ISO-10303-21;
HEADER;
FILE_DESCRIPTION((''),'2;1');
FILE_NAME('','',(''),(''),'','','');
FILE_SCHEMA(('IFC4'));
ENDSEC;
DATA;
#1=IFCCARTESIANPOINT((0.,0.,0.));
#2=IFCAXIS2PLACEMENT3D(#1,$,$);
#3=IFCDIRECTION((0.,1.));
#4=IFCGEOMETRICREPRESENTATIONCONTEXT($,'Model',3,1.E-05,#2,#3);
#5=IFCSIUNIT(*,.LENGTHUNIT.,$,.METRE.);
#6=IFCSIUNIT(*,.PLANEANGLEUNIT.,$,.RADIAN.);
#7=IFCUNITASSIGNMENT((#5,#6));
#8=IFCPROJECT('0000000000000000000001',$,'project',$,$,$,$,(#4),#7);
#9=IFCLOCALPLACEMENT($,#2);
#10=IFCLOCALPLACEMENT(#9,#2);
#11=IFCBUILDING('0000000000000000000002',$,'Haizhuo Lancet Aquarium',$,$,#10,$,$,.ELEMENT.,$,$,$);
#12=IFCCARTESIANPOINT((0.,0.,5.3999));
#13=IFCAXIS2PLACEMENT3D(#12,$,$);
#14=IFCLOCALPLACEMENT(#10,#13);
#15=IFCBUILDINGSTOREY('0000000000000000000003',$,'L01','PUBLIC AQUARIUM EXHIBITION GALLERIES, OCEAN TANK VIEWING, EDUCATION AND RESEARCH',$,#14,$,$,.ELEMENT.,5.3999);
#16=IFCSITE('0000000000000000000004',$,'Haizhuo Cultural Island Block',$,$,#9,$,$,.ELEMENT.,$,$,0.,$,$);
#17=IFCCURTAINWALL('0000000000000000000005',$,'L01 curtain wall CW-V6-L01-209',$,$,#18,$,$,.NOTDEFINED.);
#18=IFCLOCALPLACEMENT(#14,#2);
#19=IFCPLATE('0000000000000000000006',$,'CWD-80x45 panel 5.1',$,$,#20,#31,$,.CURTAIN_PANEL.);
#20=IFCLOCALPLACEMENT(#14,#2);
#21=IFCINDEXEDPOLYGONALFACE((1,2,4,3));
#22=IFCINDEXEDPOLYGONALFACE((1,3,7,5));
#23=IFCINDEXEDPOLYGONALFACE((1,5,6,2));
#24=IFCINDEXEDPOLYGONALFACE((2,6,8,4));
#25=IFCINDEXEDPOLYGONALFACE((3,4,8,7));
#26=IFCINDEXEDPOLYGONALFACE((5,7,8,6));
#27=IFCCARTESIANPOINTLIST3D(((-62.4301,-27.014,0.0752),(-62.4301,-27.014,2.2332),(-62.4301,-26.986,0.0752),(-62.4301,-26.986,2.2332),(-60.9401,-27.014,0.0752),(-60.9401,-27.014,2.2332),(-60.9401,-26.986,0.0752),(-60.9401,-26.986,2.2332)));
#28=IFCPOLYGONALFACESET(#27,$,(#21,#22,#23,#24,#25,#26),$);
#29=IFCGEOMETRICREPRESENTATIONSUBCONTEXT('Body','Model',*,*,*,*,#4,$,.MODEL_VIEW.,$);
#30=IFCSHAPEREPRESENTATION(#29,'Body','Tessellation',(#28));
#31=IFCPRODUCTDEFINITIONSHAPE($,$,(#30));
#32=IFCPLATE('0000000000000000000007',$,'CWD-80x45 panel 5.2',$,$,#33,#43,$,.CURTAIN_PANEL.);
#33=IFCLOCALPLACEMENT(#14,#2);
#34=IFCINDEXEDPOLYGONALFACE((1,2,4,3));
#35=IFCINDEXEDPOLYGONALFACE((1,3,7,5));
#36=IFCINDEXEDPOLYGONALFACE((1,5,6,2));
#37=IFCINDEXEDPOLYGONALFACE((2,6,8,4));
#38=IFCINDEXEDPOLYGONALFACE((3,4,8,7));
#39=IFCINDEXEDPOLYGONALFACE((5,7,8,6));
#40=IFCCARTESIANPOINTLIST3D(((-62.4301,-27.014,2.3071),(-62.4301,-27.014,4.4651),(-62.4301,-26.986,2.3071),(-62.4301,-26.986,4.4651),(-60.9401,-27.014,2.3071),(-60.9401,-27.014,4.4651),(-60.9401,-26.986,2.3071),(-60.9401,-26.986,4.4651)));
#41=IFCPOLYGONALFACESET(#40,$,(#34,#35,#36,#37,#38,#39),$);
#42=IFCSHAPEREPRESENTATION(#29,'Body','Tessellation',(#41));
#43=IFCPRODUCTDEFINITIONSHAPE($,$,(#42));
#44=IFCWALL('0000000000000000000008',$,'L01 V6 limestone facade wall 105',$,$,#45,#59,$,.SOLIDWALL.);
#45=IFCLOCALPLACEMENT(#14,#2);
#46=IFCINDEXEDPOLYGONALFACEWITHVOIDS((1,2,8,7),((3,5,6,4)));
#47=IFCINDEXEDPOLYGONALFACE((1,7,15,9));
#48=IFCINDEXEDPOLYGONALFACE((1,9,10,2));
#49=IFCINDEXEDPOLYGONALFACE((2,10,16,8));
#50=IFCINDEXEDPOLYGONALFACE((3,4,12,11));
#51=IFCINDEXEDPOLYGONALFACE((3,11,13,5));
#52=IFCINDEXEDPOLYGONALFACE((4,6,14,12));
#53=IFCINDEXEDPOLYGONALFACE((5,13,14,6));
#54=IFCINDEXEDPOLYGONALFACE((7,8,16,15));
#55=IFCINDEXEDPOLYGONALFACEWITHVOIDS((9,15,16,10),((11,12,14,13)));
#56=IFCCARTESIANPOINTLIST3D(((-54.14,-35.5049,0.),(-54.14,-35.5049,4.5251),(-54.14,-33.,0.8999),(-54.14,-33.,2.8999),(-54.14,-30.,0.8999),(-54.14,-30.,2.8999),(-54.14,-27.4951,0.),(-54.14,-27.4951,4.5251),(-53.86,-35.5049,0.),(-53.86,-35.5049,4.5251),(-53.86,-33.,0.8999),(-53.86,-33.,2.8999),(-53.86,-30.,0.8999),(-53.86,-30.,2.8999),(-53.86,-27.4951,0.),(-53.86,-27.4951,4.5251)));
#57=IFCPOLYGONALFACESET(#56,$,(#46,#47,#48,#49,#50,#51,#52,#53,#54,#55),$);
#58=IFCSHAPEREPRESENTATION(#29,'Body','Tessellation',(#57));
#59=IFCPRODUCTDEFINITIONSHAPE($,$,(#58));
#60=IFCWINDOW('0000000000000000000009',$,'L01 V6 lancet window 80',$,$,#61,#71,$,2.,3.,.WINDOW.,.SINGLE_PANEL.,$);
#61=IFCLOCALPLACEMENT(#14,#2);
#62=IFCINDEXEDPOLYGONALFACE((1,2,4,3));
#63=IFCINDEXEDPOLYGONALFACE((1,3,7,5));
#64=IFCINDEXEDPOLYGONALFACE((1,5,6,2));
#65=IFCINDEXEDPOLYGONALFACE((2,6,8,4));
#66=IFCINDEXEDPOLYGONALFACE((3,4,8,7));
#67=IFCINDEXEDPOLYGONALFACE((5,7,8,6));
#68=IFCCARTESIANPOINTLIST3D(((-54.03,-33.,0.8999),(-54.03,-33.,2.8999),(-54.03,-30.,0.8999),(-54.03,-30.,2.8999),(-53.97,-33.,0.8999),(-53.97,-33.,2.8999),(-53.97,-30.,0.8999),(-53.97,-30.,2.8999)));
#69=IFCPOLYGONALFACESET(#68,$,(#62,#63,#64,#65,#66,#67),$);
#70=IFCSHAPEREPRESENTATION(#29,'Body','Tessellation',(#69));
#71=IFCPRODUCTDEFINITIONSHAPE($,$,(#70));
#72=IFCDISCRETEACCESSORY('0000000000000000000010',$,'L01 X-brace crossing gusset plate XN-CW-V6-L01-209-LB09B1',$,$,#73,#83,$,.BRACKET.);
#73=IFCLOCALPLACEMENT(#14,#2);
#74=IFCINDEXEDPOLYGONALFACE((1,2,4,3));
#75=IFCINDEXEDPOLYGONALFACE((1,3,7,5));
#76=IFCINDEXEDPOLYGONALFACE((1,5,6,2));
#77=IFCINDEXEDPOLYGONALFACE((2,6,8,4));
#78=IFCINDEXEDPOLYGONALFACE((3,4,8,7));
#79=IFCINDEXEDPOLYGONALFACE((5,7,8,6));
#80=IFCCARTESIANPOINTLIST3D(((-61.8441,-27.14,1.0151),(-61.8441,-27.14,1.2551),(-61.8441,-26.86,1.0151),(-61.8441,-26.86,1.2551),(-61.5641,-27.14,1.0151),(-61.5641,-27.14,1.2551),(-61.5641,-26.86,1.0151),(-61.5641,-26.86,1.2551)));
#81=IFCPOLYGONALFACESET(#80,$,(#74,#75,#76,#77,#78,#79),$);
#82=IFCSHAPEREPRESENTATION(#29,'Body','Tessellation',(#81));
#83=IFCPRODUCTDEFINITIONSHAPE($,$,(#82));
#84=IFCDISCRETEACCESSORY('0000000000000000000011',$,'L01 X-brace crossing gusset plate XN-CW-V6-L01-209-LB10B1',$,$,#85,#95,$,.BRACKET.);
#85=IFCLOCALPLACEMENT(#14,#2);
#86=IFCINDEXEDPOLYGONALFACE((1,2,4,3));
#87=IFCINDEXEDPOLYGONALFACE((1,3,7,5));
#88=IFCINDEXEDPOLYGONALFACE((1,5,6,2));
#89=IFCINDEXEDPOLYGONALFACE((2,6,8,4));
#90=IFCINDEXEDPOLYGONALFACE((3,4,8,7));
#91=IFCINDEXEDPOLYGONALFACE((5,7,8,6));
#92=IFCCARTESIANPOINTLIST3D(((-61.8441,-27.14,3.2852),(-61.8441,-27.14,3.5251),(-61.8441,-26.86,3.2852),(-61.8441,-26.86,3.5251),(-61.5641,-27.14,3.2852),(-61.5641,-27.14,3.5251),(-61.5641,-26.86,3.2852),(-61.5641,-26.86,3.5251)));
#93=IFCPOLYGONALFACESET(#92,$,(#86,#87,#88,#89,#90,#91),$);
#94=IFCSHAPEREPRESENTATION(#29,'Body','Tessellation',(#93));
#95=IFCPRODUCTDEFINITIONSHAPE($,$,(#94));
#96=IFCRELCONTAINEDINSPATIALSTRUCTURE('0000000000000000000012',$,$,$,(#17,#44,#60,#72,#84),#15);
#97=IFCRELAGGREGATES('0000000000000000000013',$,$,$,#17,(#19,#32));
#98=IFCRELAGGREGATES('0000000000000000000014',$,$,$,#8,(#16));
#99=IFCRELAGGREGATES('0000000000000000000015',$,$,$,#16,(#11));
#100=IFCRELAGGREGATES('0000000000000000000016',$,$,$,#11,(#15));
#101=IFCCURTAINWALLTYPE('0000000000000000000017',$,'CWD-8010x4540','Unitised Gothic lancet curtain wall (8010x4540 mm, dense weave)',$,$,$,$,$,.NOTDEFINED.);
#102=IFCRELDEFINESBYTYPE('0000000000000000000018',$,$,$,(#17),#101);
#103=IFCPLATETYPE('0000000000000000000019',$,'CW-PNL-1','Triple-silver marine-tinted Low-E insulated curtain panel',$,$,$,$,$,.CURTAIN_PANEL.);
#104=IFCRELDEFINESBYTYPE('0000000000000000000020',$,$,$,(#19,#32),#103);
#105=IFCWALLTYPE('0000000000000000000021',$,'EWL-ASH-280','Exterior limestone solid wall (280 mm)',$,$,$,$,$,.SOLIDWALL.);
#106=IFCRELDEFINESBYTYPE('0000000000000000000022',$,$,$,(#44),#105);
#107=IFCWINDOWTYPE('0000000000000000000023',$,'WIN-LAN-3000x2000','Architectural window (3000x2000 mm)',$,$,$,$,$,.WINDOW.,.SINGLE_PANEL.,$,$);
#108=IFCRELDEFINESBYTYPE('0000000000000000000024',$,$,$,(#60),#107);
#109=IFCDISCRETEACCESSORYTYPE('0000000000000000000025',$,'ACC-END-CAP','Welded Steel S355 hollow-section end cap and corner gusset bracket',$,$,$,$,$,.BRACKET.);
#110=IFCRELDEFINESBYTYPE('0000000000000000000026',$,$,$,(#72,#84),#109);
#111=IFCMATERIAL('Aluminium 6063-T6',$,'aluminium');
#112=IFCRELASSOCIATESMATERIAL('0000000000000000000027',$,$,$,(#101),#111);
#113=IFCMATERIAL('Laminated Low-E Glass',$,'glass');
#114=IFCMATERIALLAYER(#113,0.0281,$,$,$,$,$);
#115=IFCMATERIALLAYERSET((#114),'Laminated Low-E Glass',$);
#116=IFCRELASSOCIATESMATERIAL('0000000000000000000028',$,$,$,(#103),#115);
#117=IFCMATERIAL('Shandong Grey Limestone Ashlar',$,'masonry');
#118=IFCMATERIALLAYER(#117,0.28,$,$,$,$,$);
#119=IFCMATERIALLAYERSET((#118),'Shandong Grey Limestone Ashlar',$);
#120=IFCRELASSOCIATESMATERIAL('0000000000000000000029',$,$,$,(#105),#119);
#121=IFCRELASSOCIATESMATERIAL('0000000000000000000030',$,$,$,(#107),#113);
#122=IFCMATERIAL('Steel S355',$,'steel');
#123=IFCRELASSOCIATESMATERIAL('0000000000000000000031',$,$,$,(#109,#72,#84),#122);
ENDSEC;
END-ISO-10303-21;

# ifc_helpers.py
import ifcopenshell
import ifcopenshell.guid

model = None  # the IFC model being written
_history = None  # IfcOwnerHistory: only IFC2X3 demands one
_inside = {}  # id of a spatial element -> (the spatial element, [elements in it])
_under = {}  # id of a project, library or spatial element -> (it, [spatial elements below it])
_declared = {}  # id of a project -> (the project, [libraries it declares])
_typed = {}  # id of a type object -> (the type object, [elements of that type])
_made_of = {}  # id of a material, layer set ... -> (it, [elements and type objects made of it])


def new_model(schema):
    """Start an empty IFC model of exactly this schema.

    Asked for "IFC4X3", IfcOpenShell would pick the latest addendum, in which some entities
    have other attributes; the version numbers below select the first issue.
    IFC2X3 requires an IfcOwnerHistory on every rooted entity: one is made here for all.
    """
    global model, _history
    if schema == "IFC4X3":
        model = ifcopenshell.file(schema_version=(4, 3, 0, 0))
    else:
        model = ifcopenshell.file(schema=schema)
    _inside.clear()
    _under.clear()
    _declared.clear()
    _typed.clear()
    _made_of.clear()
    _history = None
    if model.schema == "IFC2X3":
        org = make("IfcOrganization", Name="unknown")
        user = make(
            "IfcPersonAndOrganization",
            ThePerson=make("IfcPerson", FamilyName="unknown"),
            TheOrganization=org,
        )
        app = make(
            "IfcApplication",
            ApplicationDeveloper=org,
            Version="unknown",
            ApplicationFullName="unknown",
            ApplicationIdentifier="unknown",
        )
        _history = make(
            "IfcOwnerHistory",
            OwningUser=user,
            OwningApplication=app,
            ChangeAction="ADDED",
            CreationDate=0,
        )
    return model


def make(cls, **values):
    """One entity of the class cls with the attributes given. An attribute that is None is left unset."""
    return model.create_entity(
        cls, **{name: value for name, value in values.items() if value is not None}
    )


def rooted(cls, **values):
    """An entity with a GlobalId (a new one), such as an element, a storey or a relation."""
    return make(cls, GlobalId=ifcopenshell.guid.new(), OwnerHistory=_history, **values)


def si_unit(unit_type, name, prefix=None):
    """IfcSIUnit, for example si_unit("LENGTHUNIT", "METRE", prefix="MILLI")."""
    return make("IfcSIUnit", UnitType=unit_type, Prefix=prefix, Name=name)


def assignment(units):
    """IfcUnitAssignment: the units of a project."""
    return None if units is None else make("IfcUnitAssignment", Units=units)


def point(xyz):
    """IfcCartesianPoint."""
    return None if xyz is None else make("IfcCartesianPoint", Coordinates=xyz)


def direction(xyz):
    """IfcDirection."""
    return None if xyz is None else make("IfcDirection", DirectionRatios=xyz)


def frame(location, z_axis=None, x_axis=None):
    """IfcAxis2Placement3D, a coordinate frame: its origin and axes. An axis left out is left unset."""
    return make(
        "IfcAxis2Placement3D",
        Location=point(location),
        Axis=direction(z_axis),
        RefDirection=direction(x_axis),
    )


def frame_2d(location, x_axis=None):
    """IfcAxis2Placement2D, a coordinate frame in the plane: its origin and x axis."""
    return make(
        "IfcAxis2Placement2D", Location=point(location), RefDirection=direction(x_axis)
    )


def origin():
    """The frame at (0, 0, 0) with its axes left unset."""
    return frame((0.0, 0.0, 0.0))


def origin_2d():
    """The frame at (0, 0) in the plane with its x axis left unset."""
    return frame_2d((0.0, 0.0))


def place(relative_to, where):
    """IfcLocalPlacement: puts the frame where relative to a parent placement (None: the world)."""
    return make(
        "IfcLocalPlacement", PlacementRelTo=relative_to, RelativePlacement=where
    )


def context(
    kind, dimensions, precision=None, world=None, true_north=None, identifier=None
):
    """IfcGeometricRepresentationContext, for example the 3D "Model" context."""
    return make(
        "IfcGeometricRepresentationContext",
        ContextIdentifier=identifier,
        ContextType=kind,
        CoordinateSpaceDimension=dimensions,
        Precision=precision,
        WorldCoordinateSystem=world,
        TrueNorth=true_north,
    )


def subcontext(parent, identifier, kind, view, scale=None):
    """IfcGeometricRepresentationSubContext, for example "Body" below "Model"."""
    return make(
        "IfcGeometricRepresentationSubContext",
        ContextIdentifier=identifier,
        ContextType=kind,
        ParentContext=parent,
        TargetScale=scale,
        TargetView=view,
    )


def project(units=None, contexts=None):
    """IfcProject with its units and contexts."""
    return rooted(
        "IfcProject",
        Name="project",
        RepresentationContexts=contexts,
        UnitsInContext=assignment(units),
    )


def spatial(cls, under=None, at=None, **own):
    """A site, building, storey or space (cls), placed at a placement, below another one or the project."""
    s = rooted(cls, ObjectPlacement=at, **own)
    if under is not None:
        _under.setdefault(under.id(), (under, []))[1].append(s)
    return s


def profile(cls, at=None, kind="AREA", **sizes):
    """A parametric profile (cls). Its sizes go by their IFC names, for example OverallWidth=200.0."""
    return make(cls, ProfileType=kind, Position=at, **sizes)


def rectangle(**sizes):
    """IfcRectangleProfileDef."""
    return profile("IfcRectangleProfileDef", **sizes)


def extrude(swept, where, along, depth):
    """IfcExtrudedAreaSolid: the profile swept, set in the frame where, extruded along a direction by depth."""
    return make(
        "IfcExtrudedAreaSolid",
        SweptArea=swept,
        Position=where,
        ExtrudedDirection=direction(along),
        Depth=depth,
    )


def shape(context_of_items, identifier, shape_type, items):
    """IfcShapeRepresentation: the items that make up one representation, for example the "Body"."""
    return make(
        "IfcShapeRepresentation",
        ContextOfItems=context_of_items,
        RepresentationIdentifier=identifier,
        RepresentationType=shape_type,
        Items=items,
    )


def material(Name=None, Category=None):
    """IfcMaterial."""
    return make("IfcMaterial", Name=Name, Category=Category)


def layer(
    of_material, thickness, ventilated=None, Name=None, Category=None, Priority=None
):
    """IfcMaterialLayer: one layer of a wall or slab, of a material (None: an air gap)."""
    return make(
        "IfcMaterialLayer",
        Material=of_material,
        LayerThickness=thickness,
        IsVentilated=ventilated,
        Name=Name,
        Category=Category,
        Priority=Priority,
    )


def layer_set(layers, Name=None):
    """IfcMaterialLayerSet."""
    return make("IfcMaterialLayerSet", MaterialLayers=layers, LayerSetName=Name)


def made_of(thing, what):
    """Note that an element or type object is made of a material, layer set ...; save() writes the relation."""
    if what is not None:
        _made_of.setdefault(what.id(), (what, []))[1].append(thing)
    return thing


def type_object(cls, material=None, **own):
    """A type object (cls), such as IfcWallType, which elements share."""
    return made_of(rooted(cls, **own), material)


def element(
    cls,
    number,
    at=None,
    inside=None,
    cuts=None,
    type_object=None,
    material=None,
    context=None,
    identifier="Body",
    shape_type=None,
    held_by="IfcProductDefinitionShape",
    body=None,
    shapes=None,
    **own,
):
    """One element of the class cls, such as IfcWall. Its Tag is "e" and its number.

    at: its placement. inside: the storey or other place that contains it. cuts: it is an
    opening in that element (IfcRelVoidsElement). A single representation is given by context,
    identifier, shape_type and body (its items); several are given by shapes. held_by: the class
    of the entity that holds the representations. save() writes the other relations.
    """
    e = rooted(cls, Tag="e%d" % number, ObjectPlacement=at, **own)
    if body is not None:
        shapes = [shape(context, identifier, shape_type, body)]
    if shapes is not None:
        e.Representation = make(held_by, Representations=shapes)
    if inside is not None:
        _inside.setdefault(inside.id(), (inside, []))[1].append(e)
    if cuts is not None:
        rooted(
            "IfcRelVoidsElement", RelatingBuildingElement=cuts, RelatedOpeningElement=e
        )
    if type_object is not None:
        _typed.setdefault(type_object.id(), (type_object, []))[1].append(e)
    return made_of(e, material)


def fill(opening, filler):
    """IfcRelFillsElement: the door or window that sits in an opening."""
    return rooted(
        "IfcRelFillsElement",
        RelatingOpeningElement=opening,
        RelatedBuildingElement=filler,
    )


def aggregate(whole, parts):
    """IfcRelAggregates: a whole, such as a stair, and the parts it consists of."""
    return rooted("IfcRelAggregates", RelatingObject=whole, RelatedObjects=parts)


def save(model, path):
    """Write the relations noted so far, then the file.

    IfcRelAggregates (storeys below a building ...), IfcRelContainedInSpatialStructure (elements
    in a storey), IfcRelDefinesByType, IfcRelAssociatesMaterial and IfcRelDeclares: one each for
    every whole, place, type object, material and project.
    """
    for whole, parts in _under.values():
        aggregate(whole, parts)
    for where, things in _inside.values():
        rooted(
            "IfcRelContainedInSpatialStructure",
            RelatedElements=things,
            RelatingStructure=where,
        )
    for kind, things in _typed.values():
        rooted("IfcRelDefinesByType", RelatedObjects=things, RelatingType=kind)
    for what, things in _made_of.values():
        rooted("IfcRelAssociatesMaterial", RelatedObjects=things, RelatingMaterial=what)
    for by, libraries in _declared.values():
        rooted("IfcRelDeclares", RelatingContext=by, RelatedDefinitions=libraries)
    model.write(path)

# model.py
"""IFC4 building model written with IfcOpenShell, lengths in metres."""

from ifc_helpers import new_model, si_unit, direction, frame, frame_2d, origin, origin_2d, place, context, subcontext, project, spatial, rectangle, extrude, material, layer, layer_set, type_object, element, fill, aggregate, save


model = new_model("IFC4")

# Units and contexts
model_context = context("Model", 3, precision=1e-05, world=origin(), true_north=direction((0.0, 1.0)))
body_context = subcontext(model_context, "Body", "Model", "MODEL_VIEW")
ifc_project = project(units=[si_unit("LENGTHUNIT", "METRE"), si_unit("PLANEANGLEUNIT", "RADIAN")], contexts=[model_context])

# Site, building, storey
site_placement = place(None, origin())
site = spatial("IfcSite", under=ifc_project, at=site_placement, Name="Haizhuo Cultural Island Block", CompositionType="ELEMENT", RefElevation=0.0)
building_placement = place(site_placement, origin())
building = spatial("IfcBuilding", under=site, at=building_placement, Name="Haizhuo Lancet Aquarium", CompositionType="ELEMENT")
storey_placement = place(building_placement, frame((0.0, 0.0, 5.3999)))
storey = spatial("IfcBuildingStorey", under=building, at=storey_placement, Name="L01", Description="PUBLIC AQUARIUM EXHIBITION GALLERIES, OCEAN TANK VIEWING, EDUCATION AND RESEARCH", CompositionType="ELEMENT", Elevation=5.3999)

# Shared definitions
ifc_material_1 = material(Name="Steel S355", Category="steel")

# Curtain wall
ifc_material_2 = material(Name="Aluminium 6063-T6", Category="aluminium")
curtain_wall_type = type_object("IfcCurtainWallType", Name="CWD-8010x4540", Description="Unitised Gothic lancet curtain wall (8010x4540 mm, dense weave)", PredefinedType="NOTDEFINED", material=ifc_material_2)
curtain_wall_placement = place(storey_placement, origin())
curtain_wall = element("IfcCurtainWall", 1, at=curtain_wall_placement, inside=storey, type_object=curtain_wall_type, Name="L01 curtain wall CW-V6-L01-209", PredefinedType="NOTDEFINED")

# Plates
ifc_material_3 = material(Name="Laminated Low-E Glass", Category="glass")
ifc_layer_1 = layer(ifc_material_3, 0.0281)
ifc_layer_set_1 = layer_set([ifc_layer_1], Name="Laminated Low-E Glass")
plate_type = type_object("IfcPlateType", Name="CW-PNL-1", Description="Triple-silver marine-tinted Low-E insulated curtain panel", PredefinedType="CURTAIN_PANEL", material=ifc_layer_set_1)
plate_1_placement = place(storey_placement, frame((-61.6851, -27.0, 0.0752), z_axis=(0.0, 0.0, 1.0), x_axis=(-1.0, 0.0, 0.0)))
plate_1 = element("IfcPlate", 2, at=plate_1_placement, type_object=plate_type, Name="CWD-80x45 panel 5.1", PredefinedType="CURTAIN_PANEL", context=body_context, shape_type="SweptSolid", body=[
    extrude(rectangle(XDim=1.49, YDim=0.0281, at=origin_2d()), origin(), (0.0, 0.0, 1.0), 2.158),
])
plate_2_placement = place(storey_placement, frame((-61.6851, -27.0, 2.3071), z_axis=(0.0, 0.0, 1.0), x_axis=(-1.0, 0.0, 0.0)))
plate_2 = element("IfcPlate", 3, at=plate_2_placement, type_object=plate_type, Name="CWD-80x45 panel 5.2", PredefinedType="CURTAIN_PANEL", context=body_context, shape_type="SweptSolid", body=[
    extrude(rectangle(XDim=1.49, YDim=0.0281, at=origin_2d()), origin(), (0.0, 0.0, 1.0), 2.158),
])
aggregate(curtain_wall, [plate_1, plate_2])

# Wall, opening, window
ifc_material_4 = material(Name="Shandong Grey Limestone Ashlar", Category="masonry")
ifc_layer_2 = layer(ifc_material_4, 0.28)
ifc_layer_set_2 = layer_set([ifc_layer_2], Name="Shandong Grey Limestone Ashlar")
wall_type = type_object("IfcWallType", Name="EWL-ASH-280", Description="Exterior limestone solid wall (280 mm)", PredefinedType="SOLIDWALL", material=ifc_layer_set_2)
wall_placement = place(storey_placement, frame((-54.0, -35.5049, 0.0), z_axis=(0.0, 0.0, 1.0), x_axis=(0.0, 1.0, 0.0)))
wall = element("IfcWall", 4, at=wall_placement, inside=storey, type_object=wall_type, Name="L01 V6 limestone facade wall 105", PredefinedType="SOLIDWALL", context=body_context, shape_type="SweptSolid", body=[
    extrude(rectangle(XDim=8.0098, YDim=0.28, at=frame_2d((4.0049, 0.0))), origin(), (0.0, 0.0, 1.0), 4.5251),
])
opening_placement = place(wall_placement, frame((2.5049, 0.0, 0.8999)))
opening = element("IfcOpeningElement", 5, at=opening_placement, cuts=wall, PredefinedType="OPENING", context=body_context, shape_type="SweptSolid", body=[
    extrude(rectangle(XDim=3.0, YDim=2.0, at=frame_2d((1.5, 1.0))), frame((0.0, 0.1499, 0.0), z_axis=(0.0, -1.0, 0.0), x_axis=(1.0, 0.0, 0.0)), (0.0, 0.0, 1.0), 0.3),
])
window_type = type_object("IfcWindowType", Name="WIN-LAN-3000x2000", Description="Architectural window (3000x2000 mm)", PartitioningType="SINGLE_PANEL", PredefinedType="WINDOW", material=ifc_material_3)
window_placement = place(opening_placement, origin())
window = element("IfcWindow", 6, at=window_placement, inside=storey, type_object=window_type, Name="L01 V6 lancet window 80", OverallHeight=2.0, OverallWidth=3.0, PartitioningType="SINGLE_PANEL", PredefinedType="WINDOW", context=body_context, shape_type="SweptSolid", body=[
    extrude(rectangle(XDim=3.0, YDim=2.0, at=frame_2d((1.5, 1.0))), frame((0.0, 0.03, 0.0), z_axis=(0.0, -1.0, 0.0), x_axis=(1.0, 0.0, 0.0)), (0.0, 0.0, 1.0), 0.0601),
])
fill(opening, window)

# Discrete accessories
discrete_accessory_type = type_object("IfcDiscreteAccessoryType", Name="ACC-END-CAP", Description="Welded Steel S355 hollow-section end cap and corner gusset bracket", PredefinedType="BRACKET", material=ifc_material_1)
for number, where, z_axis, x_axis, name in (
    (7, (-61.7041, -27.0, 1.0151), (0.0, 0.0, 1.0), (1.0, 0.0, 0.0), "L01 X-brace crossing gusset plate XN-CW-V6-L01-209-LB09B1"),
    (8, (-61.7041, -27.0, 3.2852), (0.0, 0.0, 1.0), (1.0, 0.0, 0.0), "L01 X-brace crossing gusset plate XN-CW-V6-L01-209-LB10B1"),
):
    element("IfcDiscreteAccessory", number, at=place(storey_placement, frame(where, z_axis=z_axis, x_axis=x_axis)), inside=storey, type_object=discrete_accessory_type, material=ifc_material_1, Name=name, PredefinedType="BRACKET", context=body_context, shape_type="SweptSolid", body=[
        extrude(rectangle(XDim=0.28, YDim=0.28, at=origin_2d()), origin(), (0.0, 0.0, 1.0), 0.24),
    ])

save(model, "model.ifc")
